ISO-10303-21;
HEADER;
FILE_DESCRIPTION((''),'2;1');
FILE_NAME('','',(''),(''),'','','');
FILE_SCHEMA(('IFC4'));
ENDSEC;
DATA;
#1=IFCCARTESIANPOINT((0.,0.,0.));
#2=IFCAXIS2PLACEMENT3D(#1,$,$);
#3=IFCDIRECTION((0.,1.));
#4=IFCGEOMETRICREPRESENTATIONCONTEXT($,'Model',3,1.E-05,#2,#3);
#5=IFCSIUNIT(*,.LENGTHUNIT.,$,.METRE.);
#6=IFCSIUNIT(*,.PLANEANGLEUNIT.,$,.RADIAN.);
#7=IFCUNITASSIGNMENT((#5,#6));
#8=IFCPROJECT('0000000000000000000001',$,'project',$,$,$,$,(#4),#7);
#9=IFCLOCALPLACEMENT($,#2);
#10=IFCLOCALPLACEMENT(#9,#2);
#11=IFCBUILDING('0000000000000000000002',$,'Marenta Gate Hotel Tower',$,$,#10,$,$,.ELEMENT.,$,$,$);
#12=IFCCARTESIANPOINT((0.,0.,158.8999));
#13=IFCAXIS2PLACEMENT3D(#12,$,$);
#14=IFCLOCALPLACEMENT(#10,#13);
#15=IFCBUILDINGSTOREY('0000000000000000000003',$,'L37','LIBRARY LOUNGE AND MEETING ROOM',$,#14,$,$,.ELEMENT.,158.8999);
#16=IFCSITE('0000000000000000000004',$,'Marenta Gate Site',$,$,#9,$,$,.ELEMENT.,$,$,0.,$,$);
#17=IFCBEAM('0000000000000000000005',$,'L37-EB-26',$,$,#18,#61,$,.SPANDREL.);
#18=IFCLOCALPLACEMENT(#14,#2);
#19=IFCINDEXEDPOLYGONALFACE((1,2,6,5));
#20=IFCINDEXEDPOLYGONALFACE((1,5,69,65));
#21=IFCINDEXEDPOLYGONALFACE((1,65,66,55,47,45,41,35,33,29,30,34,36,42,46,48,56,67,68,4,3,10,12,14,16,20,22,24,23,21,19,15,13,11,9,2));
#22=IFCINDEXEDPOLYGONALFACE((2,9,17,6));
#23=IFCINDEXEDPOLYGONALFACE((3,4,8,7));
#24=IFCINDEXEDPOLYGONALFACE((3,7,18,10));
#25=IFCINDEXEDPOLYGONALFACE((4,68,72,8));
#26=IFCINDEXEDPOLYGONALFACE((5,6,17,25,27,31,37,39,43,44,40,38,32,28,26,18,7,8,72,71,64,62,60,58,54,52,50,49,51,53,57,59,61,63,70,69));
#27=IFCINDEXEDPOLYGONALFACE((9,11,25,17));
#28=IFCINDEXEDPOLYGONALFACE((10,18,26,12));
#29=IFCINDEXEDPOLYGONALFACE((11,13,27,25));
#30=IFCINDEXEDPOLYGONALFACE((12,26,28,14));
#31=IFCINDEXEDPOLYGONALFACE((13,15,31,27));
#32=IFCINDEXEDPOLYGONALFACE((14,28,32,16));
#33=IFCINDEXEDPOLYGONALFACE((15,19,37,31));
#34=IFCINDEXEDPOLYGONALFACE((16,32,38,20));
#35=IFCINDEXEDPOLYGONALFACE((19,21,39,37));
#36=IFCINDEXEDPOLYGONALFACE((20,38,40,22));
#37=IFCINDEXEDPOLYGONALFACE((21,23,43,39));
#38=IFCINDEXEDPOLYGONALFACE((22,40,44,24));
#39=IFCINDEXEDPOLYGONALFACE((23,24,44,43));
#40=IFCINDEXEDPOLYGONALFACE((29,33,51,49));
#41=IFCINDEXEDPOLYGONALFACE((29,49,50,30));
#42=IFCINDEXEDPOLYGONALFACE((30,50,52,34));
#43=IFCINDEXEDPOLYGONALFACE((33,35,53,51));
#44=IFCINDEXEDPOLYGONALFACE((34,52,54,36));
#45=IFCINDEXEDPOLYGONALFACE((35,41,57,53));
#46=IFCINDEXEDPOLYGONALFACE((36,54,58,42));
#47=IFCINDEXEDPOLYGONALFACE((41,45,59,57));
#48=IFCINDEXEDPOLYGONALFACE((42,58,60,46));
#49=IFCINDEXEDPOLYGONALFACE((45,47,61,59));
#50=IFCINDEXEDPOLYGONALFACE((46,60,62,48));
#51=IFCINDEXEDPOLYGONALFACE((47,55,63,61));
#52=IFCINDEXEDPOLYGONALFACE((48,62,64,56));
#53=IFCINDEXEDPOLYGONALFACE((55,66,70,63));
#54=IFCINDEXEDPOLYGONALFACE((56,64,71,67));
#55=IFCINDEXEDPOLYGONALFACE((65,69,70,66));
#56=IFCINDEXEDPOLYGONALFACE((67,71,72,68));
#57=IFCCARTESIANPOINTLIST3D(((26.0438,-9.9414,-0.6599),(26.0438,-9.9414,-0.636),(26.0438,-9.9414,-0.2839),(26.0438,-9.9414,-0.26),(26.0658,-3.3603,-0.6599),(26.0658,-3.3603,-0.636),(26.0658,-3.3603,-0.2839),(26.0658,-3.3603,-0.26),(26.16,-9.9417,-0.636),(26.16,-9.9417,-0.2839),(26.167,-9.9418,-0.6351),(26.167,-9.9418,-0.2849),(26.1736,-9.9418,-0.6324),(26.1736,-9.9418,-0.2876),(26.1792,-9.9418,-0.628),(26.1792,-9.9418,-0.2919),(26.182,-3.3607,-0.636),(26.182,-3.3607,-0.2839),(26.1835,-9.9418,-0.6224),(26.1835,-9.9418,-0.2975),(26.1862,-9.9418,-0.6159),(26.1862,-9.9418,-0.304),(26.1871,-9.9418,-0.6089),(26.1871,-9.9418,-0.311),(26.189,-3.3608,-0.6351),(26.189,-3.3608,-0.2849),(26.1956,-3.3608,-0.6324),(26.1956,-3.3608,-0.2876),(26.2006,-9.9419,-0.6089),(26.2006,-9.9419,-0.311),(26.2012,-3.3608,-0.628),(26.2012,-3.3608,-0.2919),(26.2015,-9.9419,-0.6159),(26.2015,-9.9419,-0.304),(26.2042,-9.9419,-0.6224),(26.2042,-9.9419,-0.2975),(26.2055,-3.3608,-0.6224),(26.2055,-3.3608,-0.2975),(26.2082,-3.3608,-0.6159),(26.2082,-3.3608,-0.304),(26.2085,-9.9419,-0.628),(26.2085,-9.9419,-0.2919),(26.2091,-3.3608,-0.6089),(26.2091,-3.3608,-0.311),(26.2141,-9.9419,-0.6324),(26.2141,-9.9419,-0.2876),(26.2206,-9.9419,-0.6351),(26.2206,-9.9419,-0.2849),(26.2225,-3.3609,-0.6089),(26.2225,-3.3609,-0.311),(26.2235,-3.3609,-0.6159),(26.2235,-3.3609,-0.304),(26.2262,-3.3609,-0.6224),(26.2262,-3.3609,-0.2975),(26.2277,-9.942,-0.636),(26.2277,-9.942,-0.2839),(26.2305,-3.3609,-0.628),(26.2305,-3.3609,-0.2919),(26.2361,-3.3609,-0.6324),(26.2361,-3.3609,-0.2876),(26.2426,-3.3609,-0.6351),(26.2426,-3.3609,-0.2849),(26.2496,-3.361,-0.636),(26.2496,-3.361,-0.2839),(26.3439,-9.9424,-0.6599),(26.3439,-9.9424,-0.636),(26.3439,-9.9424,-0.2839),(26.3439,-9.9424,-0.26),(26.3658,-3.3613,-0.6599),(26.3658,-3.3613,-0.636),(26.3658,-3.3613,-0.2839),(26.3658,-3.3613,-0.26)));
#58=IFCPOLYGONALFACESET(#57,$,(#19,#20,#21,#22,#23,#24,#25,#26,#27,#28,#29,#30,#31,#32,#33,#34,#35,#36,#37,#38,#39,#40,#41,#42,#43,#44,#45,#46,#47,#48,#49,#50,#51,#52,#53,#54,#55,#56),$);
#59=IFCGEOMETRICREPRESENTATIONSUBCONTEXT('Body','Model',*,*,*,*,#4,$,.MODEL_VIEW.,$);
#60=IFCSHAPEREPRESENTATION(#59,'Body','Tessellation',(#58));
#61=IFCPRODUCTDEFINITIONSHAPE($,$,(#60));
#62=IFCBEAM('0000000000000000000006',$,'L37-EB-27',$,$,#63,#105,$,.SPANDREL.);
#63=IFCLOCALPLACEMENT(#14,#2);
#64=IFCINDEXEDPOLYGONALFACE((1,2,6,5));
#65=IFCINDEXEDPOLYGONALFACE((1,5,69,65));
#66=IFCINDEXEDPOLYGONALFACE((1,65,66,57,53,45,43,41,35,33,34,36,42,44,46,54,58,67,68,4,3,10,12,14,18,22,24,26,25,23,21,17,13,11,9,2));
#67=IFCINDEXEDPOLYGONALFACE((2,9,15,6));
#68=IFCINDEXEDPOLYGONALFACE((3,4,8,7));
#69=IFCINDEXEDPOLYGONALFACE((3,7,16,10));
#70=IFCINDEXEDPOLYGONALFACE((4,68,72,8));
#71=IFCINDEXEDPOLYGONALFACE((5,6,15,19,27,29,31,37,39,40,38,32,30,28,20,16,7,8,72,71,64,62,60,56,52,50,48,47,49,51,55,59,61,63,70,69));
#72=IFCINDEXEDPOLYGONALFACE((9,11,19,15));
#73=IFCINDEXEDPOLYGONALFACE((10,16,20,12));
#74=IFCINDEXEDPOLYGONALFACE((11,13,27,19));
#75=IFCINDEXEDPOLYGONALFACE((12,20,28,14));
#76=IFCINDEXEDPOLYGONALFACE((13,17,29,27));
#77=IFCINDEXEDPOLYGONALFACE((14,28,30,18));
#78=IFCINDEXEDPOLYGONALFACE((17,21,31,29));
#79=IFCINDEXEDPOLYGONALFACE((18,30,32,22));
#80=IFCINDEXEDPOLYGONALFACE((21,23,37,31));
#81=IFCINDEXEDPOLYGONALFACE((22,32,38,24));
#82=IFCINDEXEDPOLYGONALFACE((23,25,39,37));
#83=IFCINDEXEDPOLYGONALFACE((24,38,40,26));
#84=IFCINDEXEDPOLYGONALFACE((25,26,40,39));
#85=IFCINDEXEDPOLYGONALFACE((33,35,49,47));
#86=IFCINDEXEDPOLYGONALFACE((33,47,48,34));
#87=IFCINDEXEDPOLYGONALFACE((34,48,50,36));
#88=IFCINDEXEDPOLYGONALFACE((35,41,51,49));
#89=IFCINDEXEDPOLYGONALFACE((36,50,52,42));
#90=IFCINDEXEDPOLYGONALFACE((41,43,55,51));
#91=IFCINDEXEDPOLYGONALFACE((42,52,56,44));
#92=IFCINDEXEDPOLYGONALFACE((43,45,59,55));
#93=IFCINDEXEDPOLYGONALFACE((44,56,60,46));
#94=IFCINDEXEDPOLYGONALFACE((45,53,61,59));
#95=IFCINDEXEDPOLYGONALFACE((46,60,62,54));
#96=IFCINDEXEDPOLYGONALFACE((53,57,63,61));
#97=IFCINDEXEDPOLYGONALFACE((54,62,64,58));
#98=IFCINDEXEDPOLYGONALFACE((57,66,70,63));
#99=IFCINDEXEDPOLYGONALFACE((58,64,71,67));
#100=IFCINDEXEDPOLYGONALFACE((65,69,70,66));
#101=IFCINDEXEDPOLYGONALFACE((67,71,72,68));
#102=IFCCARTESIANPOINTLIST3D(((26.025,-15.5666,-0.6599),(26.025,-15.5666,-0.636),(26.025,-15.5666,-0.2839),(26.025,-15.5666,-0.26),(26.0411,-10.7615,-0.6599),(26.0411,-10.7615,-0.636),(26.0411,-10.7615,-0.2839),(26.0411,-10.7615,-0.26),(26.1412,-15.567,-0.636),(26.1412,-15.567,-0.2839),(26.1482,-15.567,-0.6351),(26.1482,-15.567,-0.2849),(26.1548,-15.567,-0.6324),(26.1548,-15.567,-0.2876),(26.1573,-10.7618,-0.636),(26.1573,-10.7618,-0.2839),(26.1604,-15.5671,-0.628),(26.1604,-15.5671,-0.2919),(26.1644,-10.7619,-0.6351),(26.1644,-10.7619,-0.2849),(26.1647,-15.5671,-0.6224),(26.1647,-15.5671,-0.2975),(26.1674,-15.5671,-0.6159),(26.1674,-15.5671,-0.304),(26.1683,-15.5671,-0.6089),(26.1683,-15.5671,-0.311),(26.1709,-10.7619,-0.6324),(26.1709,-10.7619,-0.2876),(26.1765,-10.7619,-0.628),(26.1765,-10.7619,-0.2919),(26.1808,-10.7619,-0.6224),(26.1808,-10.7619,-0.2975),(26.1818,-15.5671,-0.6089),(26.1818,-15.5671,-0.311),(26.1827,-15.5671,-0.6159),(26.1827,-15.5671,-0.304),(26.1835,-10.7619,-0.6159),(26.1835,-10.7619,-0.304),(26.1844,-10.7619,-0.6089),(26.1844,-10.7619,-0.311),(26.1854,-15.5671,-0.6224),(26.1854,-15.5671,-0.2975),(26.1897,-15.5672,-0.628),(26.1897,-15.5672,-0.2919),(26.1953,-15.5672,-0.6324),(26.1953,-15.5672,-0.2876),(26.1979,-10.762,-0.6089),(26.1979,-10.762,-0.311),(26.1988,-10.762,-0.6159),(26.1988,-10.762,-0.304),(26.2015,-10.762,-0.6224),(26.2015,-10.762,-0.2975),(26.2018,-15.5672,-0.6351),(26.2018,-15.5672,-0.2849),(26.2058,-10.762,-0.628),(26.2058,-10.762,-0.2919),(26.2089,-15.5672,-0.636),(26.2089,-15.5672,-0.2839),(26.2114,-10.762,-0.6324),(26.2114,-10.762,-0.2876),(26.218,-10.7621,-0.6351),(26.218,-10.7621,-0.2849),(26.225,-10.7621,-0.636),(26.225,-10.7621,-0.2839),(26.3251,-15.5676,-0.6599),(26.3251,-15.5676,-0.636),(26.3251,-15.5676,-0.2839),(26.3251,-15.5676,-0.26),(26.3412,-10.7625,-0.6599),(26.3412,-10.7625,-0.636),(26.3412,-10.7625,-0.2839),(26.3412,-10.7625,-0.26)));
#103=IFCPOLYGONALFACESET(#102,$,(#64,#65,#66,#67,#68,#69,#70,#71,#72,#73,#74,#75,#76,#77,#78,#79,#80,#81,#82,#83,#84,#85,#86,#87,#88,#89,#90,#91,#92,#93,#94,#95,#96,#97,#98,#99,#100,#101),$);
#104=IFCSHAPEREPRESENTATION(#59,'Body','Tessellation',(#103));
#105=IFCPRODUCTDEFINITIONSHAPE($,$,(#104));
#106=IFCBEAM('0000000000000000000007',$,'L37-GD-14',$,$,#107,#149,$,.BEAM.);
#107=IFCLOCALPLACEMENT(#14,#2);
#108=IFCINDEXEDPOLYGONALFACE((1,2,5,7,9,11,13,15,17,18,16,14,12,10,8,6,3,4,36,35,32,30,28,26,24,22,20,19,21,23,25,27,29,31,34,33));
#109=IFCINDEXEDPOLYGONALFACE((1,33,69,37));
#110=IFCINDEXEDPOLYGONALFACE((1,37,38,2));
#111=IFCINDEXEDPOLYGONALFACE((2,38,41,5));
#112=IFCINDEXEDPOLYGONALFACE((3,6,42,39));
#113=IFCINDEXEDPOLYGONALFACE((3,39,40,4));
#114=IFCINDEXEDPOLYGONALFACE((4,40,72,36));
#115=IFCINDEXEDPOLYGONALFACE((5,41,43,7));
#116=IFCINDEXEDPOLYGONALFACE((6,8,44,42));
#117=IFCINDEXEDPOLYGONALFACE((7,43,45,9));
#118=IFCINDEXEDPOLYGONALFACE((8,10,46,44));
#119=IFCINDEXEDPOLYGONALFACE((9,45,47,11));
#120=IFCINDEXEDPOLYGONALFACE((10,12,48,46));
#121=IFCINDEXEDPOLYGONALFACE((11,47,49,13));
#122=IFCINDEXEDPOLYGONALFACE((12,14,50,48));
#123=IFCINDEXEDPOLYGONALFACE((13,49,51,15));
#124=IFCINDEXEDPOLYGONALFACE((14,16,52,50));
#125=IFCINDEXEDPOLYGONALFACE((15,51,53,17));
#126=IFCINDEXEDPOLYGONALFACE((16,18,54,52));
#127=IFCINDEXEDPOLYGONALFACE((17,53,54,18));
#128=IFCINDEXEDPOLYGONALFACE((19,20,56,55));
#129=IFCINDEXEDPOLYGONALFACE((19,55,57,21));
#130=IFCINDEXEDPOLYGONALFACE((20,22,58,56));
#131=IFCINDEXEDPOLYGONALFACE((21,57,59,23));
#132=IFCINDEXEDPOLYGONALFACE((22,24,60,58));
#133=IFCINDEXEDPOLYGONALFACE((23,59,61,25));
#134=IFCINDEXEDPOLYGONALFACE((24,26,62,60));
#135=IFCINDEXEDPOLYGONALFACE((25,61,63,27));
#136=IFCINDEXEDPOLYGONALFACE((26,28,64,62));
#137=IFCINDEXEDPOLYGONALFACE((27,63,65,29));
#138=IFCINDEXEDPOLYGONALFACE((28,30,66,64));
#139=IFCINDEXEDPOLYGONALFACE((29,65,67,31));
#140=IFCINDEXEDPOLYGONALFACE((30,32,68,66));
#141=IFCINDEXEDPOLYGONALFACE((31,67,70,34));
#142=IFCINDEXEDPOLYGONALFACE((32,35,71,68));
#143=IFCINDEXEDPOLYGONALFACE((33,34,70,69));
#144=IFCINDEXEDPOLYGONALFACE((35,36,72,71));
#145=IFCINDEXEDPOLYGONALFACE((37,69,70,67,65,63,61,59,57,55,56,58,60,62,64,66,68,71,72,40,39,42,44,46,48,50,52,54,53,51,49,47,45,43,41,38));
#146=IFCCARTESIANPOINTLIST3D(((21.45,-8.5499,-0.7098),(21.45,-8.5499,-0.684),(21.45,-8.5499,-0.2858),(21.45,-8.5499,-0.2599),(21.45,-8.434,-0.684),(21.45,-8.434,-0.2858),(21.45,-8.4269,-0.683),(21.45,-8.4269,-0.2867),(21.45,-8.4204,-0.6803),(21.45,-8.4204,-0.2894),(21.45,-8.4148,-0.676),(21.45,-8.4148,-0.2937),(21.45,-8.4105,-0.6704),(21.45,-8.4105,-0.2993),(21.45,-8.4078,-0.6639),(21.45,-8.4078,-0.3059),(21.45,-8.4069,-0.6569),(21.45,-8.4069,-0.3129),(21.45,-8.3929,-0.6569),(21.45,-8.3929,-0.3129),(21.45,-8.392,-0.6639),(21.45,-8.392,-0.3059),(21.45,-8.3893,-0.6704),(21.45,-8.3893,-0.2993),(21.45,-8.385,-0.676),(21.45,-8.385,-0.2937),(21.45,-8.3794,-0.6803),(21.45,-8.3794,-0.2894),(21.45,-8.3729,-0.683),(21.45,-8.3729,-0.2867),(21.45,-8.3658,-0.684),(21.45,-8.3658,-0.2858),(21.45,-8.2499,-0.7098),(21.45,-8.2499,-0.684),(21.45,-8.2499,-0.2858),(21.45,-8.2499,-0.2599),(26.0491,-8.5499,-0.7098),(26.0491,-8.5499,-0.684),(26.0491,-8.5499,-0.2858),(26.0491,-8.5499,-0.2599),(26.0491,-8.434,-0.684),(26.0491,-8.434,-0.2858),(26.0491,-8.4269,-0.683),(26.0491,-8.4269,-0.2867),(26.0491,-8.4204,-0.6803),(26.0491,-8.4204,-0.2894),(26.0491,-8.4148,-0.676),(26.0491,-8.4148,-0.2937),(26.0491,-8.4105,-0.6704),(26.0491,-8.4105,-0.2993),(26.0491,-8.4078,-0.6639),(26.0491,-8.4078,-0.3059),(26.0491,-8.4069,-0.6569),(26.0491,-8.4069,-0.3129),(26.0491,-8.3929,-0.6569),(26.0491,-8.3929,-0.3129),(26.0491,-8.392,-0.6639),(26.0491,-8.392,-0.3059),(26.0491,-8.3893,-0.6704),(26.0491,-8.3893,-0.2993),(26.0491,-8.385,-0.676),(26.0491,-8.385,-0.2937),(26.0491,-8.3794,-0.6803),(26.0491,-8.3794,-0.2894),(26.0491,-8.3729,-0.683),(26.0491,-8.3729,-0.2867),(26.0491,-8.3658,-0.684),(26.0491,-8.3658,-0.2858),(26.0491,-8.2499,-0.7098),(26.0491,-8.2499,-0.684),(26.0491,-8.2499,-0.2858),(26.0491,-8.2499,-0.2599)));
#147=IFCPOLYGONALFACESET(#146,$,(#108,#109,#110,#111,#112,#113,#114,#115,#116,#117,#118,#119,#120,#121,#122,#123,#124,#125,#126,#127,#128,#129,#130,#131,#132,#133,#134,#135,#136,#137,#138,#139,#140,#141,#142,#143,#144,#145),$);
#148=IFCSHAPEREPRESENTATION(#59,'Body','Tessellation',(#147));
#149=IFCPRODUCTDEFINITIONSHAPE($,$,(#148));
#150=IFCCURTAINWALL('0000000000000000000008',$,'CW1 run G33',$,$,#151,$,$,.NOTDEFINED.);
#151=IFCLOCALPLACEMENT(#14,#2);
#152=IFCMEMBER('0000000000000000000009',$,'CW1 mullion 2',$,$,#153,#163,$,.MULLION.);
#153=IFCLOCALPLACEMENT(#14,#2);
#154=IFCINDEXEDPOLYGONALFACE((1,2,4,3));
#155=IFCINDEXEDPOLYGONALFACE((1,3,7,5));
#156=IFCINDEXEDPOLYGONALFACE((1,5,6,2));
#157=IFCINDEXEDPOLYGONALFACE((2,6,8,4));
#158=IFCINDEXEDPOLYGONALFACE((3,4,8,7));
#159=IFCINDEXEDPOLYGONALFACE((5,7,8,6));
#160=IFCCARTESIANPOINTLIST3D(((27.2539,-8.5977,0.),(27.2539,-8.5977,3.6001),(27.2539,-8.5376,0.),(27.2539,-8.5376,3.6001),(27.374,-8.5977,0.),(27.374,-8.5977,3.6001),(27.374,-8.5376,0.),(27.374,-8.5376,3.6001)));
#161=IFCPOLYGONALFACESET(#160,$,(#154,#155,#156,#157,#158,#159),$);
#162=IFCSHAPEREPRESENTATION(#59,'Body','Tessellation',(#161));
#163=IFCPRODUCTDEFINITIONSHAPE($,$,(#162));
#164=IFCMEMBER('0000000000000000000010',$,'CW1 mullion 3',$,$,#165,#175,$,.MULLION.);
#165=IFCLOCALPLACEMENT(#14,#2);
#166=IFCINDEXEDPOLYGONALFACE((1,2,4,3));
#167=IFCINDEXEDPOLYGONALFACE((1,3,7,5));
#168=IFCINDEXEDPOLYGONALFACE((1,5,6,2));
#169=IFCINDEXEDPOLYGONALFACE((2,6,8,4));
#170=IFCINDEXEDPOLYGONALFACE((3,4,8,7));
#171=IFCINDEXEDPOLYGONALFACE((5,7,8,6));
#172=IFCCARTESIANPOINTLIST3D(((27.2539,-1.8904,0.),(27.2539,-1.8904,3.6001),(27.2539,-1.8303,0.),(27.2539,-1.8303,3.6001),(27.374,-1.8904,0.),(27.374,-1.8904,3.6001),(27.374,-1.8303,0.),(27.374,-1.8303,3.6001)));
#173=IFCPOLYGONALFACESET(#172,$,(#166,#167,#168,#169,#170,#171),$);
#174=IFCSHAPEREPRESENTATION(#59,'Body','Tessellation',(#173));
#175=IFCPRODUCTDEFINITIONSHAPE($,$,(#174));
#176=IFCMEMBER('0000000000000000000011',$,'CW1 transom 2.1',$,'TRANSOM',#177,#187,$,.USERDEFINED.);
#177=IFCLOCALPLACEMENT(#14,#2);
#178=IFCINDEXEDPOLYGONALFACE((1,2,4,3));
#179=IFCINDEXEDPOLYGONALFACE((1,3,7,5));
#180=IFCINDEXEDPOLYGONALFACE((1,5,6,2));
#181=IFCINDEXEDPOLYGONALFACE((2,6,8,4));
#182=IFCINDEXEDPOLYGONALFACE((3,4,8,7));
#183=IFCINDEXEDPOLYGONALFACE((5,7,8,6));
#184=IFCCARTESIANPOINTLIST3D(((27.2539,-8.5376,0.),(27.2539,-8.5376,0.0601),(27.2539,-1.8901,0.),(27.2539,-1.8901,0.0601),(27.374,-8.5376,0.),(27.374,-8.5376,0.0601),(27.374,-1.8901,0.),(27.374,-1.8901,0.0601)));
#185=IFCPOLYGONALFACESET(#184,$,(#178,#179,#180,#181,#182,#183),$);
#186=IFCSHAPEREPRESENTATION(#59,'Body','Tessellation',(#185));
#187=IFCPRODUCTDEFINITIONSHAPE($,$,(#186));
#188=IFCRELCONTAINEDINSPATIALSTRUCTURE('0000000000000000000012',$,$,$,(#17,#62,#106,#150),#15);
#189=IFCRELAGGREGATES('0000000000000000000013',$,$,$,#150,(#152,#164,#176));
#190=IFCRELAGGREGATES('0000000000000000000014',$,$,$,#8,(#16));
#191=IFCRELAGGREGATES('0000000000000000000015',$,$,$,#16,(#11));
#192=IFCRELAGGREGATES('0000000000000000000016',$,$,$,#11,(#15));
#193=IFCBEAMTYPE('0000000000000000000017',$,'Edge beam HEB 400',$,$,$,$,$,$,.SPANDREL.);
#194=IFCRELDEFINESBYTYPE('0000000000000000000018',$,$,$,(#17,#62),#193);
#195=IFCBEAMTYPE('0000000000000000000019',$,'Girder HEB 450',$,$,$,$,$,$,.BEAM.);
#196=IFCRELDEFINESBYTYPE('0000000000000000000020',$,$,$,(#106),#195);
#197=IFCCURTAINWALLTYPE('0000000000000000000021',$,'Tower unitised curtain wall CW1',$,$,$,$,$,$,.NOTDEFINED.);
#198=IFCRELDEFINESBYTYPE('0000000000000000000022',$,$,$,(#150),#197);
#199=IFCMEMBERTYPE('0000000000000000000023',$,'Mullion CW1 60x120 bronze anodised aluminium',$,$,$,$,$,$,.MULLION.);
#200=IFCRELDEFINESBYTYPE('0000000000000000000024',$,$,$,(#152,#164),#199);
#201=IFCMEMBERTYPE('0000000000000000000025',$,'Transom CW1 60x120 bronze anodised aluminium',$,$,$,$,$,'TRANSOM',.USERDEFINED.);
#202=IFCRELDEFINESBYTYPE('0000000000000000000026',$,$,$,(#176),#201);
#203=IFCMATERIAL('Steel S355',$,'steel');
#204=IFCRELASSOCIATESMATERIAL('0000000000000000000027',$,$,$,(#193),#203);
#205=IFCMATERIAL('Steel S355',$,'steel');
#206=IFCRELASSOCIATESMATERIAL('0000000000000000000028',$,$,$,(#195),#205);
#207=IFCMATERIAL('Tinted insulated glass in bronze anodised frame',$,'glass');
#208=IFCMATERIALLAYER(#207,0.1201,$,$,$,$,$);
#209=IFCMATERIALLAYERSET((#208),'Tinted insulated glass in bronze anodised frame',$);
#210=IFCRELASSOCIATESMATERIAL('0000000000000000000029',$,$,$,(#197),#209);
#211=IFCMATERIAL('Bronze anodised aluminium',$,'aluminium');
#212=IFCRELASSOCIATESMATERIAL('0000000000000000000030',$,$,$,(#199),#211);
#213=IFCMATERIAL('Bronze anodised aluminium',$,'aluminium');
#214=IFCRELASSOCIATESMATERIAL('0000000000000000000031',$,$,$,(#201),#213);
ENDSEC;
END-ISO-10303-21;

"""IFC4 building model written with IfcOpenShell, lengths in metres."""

from ifc_helpers import new_model, si_unit, direction, frame, origin, origin_2d, place, context, subcontext, project, spatial, rectangle, i_section, extrude, material, layer, layer_set, material_profile, profile_set, type_object, element, aggregate, save


model = new_model("IFC4")

# Units and contexts
model_context = context("Model", 3, precision=1e-05, world=origin(), true_north=direction((0.0, 1.0)))
body_context = subcontext(model_context, "Body", "Model", "MODEL_VIEW")
ifc_project = project(units=[si_unit("LENGTHUNIT", "METRE"), si_unit("PLANEANGLEUNIT", "RADIAN")], contexts=[model_context])

# Site, building, storey
site_placement = place(None, origin())
site = spatial("IfcSite", under=ifc_project, at=site_placement, Name="Marenta Gate Site", CompositionType="ELEMENT", RefElevation=0.0)
building_placement = place(site_placement, origin())
building = spatial("IfcBuilding", under=site, at=building_placement, Name="Marenta Gate Hotel Tower", CompositionType="ELEMENT")
storey_placement = place(building_placement, frame((0.0, 0.0, 158.8999)))
storey = spatial("IfcBuildingStorey", under=building, at=storey_placement, Name="L37", Description="LIBRARY LOUNGE AND MEETING ROOM", CompositionType="ELEMENT", Elevation=158.8999)

# Beams
ifc_material_1 = material(Name="Steel S355", Category="steel")
ifc_material_profile_1 = material_profile(ifc_material_1, i_section(OverallWidth=0.3, OverallDepth=0.3999, WebThickness=0.0134, FlangeThickness=0.0239, FilletRadius=0.0271, at=origin_2d()), Name="HEB 400")
ifc_profile_set_1 = profile_set([ifc_material_profile_1], Name="Steel S355")
beam_type_1 = type_object("IfcBeamType", Name="Edge beam HEB 400", PredefinedType="SPANDREL", material=ifc_profile_set_1)
beam_1_placement = place(storey_placement, frame((26.2158, -3.3608, -0.46), z_axis=(-0.003339, -0.999994, 0.0), x_axis=(0.999994, -0.003339, 0.0)))
element("IfcBeam", 1, at=beam_1_placement, inside=storey, type_object=beam_type_1, Name="L37-EB-26", PredefinedType="SPANDREL", context=body_context, shape_type="SweptSolid", body=[
    extrude(i_section(OverallWidth=0.3, OverallDepth=0.3999, WebThickness=0.0134, FlangeThickness=0.0239, FilletRadius=0.0271, at=origin_2d()), origin(), (0.0, 0.0, 1.0), 6.5811),
])
beam_2_placement = place(storey_placement, frame((26.1912, -10.762, -0.46), z_axis=(-0.003353, -0.999994, 0.0), x_axis=(0.999994, -0.003353, 0.0)))
element("IfcBeam", 2, at=beam_2_placement, inside=storey, type_object=beam_type_1, Name="L37-EB-27", PredefinedType="SPANDREL", context=body_context, shape_type="SweptSolid", body=[
    extrude(i_section(OverallWidth=0.3, OverallDepth=0.3999, WebThickness=0.0134, FlangeThickness=0.0239, FilletRadius=0.0271, at=origin_2d()), origin(), (0.0, 0.0, 1.0), 4.8052),
])
ifc_material_2 = material(Name="Steel S355", Category="steel")
ifc_material_profile_2 = material_profile(ifc_material_2, i_section(OverallWidth=0.3, OverallDepth=0.45, WebThickness=0.0139, FlangeThickness=0.0259, FilletRadius=0.0271, at=origin_2d()), Name="HEB 450")
ifc_profile_set_2 = profile_set([ifc_material_profile_2], Name="Steel S355")
beam_type_2 = type_object("IfcBeamType", Name="Girder HEB 450", PredefinedType="BEAM", material=ifc_profile_set_2)
beam_3_placement = place(storey_placement, frame((21.45, -8.3999, -0.4849), z_axis=(1.0, 0.0, 0.0), x_axis=(0.0, 1.0, 0.0)))
element("IfcBeam", 3, at=beam_3_placement, inside=storey, type_object=beam_type_2, Name="L37-GD-14", PredefinedType="BEAM", context=body_context, shape_type="SweptSolid", body=[
    extrude(i_section(OverallWidth=0.3, OverallDepth=0.45, WebThickness=0.0139, FlangeThickness=0.0259, FilletRadius=0.0271, at=origin_2d()), origin(), (0.0, 0.0, 1.0), 4.5991),
])

# Curtain wall, members
ifc_material_3 = material(Name="Tinted insulated glass in bronze anodised frame", Category="glass")
ifc_layer_1 = layer(ifc_material_3, 0.1201)
ifc_layer_set_1 = layer_set([ifc_layer_1], Name="Tinted insulated glass in bronze anodised frame")
curtain_wall_type = type_object("IfcCurtainWallType", Name="Tower unitised curtain wall CW1", PredefinedType="NOTDEFINED", material=ifc_layer_set_1)
curtain_wall_placement = place(storey_placement, origin())
curtain_wall = element("IfcCurtainWall", 4, at=curtain_wall_placement, inside=storey, type_object=curtain_wall_type, Name="CW1 run G33", PredefinedType="NOTDEFINED")
ifc_material_4 = material(Name="Bronze anodised aluminium", Category="aluminium")
ifc_material_profile_3 = material_profile(ifc_material_4, rectangle(XDim=0.1201, YDim=0.0601, at=origin_2d()), Name="Mullion CW1 60x120 bronze anodised aluminium")
ifc_profile_set_3 = profile_set([ifc_material_profile_3], Name="Bronze anodised aluminium")
member_type_1 = type_object("IfcMemberType", Name="Mullion CW1 60x120 bronze anodised aluminium", PredefinedType="MULLION", material=ifc_profile_set_3)
member_1_placement = place(storey_placement, frame((27.314, -8.5676, 0.0), z_axis=(0.0, 0.0, 1.0), x_axis=(-1.0, 0.0, 0.0)))
member_1 = element("IfcMember", 5, at=member_1_placement, type_object=member_type_1, Name="CW1 mullion 2", PredefinedType="MULLION", context=body_context, shape_type="SweptSolid", body=[
    extrude(rectangle(XDim=0.1201, YDim=0.0601, at=origin_2d()), origin(), (0.0, 0.0, 1.0), 3.6001),
])
member_2_placement = place(storey_placement, frame((27.314, -1.8604, 0.0), z_axis=(0.0, 0.0, 1.0), x_axis=(-1.0, 0.0, 0.0)))
member_2 = element("IfcMember", 6, at=member_2_placement, type_object=member_type_1, Name="CW1 mullion 3", PredefinedType="MULLION", context=body_context, shape_type="SweptSolid", body=[
    extrude(rectangle(XDim=0.1201, YDim=0.0601, at=origin_2d()), origin(), (0.0, 0.0, 1.0), 3.6001),
])
ifc_material_5 = material(Name="Bronze anodised aluminium", Category="aluminium")
ifc_material_profile_4 = material_profile(ifc_material_5, rectangle(XDim=0.1201, YDim=0.0601, at=origin_2d()), Name="Transom CW1 60x120 bronze anodised aluminium")
ifc_profile_set_4 = profile_set([ifc_material_profile_4], Name="Bronze anodised aluminium")
member_type_2 = type_object("IfcMemberType", Name="Transom CW1 60x120 bronze anodised aluminium", ElementType="TRANSOM", PredefinedType="USERDEFINED", material=ifc_profile_set_4)
member_3_placement = place(storey_placement, frame((27.314, -8.5376, 0.03), z_axis=(0.0, 1.0, 0.0), x_axis=(-1.0, 0.0, 0.0)))
member_3 = element("IfcMember", 7, at=member_3_placement, type_object=member_type_2, Name="CW1 transom 2.1", ObjectType="TRANSOM", PredefinedType="USERDEFINED", context=body_context, shape_type="SweptSolid", body=[
    extrude(rectangle(XDim=0.1201, YDim=0.0601, at=origin_2d()), origin(), (0.0, 0.0, 1.0), 6.6475),
])
aggregate(curtain_wall, [member_1, member_2, member_3])

save(model, "model.ifc")
